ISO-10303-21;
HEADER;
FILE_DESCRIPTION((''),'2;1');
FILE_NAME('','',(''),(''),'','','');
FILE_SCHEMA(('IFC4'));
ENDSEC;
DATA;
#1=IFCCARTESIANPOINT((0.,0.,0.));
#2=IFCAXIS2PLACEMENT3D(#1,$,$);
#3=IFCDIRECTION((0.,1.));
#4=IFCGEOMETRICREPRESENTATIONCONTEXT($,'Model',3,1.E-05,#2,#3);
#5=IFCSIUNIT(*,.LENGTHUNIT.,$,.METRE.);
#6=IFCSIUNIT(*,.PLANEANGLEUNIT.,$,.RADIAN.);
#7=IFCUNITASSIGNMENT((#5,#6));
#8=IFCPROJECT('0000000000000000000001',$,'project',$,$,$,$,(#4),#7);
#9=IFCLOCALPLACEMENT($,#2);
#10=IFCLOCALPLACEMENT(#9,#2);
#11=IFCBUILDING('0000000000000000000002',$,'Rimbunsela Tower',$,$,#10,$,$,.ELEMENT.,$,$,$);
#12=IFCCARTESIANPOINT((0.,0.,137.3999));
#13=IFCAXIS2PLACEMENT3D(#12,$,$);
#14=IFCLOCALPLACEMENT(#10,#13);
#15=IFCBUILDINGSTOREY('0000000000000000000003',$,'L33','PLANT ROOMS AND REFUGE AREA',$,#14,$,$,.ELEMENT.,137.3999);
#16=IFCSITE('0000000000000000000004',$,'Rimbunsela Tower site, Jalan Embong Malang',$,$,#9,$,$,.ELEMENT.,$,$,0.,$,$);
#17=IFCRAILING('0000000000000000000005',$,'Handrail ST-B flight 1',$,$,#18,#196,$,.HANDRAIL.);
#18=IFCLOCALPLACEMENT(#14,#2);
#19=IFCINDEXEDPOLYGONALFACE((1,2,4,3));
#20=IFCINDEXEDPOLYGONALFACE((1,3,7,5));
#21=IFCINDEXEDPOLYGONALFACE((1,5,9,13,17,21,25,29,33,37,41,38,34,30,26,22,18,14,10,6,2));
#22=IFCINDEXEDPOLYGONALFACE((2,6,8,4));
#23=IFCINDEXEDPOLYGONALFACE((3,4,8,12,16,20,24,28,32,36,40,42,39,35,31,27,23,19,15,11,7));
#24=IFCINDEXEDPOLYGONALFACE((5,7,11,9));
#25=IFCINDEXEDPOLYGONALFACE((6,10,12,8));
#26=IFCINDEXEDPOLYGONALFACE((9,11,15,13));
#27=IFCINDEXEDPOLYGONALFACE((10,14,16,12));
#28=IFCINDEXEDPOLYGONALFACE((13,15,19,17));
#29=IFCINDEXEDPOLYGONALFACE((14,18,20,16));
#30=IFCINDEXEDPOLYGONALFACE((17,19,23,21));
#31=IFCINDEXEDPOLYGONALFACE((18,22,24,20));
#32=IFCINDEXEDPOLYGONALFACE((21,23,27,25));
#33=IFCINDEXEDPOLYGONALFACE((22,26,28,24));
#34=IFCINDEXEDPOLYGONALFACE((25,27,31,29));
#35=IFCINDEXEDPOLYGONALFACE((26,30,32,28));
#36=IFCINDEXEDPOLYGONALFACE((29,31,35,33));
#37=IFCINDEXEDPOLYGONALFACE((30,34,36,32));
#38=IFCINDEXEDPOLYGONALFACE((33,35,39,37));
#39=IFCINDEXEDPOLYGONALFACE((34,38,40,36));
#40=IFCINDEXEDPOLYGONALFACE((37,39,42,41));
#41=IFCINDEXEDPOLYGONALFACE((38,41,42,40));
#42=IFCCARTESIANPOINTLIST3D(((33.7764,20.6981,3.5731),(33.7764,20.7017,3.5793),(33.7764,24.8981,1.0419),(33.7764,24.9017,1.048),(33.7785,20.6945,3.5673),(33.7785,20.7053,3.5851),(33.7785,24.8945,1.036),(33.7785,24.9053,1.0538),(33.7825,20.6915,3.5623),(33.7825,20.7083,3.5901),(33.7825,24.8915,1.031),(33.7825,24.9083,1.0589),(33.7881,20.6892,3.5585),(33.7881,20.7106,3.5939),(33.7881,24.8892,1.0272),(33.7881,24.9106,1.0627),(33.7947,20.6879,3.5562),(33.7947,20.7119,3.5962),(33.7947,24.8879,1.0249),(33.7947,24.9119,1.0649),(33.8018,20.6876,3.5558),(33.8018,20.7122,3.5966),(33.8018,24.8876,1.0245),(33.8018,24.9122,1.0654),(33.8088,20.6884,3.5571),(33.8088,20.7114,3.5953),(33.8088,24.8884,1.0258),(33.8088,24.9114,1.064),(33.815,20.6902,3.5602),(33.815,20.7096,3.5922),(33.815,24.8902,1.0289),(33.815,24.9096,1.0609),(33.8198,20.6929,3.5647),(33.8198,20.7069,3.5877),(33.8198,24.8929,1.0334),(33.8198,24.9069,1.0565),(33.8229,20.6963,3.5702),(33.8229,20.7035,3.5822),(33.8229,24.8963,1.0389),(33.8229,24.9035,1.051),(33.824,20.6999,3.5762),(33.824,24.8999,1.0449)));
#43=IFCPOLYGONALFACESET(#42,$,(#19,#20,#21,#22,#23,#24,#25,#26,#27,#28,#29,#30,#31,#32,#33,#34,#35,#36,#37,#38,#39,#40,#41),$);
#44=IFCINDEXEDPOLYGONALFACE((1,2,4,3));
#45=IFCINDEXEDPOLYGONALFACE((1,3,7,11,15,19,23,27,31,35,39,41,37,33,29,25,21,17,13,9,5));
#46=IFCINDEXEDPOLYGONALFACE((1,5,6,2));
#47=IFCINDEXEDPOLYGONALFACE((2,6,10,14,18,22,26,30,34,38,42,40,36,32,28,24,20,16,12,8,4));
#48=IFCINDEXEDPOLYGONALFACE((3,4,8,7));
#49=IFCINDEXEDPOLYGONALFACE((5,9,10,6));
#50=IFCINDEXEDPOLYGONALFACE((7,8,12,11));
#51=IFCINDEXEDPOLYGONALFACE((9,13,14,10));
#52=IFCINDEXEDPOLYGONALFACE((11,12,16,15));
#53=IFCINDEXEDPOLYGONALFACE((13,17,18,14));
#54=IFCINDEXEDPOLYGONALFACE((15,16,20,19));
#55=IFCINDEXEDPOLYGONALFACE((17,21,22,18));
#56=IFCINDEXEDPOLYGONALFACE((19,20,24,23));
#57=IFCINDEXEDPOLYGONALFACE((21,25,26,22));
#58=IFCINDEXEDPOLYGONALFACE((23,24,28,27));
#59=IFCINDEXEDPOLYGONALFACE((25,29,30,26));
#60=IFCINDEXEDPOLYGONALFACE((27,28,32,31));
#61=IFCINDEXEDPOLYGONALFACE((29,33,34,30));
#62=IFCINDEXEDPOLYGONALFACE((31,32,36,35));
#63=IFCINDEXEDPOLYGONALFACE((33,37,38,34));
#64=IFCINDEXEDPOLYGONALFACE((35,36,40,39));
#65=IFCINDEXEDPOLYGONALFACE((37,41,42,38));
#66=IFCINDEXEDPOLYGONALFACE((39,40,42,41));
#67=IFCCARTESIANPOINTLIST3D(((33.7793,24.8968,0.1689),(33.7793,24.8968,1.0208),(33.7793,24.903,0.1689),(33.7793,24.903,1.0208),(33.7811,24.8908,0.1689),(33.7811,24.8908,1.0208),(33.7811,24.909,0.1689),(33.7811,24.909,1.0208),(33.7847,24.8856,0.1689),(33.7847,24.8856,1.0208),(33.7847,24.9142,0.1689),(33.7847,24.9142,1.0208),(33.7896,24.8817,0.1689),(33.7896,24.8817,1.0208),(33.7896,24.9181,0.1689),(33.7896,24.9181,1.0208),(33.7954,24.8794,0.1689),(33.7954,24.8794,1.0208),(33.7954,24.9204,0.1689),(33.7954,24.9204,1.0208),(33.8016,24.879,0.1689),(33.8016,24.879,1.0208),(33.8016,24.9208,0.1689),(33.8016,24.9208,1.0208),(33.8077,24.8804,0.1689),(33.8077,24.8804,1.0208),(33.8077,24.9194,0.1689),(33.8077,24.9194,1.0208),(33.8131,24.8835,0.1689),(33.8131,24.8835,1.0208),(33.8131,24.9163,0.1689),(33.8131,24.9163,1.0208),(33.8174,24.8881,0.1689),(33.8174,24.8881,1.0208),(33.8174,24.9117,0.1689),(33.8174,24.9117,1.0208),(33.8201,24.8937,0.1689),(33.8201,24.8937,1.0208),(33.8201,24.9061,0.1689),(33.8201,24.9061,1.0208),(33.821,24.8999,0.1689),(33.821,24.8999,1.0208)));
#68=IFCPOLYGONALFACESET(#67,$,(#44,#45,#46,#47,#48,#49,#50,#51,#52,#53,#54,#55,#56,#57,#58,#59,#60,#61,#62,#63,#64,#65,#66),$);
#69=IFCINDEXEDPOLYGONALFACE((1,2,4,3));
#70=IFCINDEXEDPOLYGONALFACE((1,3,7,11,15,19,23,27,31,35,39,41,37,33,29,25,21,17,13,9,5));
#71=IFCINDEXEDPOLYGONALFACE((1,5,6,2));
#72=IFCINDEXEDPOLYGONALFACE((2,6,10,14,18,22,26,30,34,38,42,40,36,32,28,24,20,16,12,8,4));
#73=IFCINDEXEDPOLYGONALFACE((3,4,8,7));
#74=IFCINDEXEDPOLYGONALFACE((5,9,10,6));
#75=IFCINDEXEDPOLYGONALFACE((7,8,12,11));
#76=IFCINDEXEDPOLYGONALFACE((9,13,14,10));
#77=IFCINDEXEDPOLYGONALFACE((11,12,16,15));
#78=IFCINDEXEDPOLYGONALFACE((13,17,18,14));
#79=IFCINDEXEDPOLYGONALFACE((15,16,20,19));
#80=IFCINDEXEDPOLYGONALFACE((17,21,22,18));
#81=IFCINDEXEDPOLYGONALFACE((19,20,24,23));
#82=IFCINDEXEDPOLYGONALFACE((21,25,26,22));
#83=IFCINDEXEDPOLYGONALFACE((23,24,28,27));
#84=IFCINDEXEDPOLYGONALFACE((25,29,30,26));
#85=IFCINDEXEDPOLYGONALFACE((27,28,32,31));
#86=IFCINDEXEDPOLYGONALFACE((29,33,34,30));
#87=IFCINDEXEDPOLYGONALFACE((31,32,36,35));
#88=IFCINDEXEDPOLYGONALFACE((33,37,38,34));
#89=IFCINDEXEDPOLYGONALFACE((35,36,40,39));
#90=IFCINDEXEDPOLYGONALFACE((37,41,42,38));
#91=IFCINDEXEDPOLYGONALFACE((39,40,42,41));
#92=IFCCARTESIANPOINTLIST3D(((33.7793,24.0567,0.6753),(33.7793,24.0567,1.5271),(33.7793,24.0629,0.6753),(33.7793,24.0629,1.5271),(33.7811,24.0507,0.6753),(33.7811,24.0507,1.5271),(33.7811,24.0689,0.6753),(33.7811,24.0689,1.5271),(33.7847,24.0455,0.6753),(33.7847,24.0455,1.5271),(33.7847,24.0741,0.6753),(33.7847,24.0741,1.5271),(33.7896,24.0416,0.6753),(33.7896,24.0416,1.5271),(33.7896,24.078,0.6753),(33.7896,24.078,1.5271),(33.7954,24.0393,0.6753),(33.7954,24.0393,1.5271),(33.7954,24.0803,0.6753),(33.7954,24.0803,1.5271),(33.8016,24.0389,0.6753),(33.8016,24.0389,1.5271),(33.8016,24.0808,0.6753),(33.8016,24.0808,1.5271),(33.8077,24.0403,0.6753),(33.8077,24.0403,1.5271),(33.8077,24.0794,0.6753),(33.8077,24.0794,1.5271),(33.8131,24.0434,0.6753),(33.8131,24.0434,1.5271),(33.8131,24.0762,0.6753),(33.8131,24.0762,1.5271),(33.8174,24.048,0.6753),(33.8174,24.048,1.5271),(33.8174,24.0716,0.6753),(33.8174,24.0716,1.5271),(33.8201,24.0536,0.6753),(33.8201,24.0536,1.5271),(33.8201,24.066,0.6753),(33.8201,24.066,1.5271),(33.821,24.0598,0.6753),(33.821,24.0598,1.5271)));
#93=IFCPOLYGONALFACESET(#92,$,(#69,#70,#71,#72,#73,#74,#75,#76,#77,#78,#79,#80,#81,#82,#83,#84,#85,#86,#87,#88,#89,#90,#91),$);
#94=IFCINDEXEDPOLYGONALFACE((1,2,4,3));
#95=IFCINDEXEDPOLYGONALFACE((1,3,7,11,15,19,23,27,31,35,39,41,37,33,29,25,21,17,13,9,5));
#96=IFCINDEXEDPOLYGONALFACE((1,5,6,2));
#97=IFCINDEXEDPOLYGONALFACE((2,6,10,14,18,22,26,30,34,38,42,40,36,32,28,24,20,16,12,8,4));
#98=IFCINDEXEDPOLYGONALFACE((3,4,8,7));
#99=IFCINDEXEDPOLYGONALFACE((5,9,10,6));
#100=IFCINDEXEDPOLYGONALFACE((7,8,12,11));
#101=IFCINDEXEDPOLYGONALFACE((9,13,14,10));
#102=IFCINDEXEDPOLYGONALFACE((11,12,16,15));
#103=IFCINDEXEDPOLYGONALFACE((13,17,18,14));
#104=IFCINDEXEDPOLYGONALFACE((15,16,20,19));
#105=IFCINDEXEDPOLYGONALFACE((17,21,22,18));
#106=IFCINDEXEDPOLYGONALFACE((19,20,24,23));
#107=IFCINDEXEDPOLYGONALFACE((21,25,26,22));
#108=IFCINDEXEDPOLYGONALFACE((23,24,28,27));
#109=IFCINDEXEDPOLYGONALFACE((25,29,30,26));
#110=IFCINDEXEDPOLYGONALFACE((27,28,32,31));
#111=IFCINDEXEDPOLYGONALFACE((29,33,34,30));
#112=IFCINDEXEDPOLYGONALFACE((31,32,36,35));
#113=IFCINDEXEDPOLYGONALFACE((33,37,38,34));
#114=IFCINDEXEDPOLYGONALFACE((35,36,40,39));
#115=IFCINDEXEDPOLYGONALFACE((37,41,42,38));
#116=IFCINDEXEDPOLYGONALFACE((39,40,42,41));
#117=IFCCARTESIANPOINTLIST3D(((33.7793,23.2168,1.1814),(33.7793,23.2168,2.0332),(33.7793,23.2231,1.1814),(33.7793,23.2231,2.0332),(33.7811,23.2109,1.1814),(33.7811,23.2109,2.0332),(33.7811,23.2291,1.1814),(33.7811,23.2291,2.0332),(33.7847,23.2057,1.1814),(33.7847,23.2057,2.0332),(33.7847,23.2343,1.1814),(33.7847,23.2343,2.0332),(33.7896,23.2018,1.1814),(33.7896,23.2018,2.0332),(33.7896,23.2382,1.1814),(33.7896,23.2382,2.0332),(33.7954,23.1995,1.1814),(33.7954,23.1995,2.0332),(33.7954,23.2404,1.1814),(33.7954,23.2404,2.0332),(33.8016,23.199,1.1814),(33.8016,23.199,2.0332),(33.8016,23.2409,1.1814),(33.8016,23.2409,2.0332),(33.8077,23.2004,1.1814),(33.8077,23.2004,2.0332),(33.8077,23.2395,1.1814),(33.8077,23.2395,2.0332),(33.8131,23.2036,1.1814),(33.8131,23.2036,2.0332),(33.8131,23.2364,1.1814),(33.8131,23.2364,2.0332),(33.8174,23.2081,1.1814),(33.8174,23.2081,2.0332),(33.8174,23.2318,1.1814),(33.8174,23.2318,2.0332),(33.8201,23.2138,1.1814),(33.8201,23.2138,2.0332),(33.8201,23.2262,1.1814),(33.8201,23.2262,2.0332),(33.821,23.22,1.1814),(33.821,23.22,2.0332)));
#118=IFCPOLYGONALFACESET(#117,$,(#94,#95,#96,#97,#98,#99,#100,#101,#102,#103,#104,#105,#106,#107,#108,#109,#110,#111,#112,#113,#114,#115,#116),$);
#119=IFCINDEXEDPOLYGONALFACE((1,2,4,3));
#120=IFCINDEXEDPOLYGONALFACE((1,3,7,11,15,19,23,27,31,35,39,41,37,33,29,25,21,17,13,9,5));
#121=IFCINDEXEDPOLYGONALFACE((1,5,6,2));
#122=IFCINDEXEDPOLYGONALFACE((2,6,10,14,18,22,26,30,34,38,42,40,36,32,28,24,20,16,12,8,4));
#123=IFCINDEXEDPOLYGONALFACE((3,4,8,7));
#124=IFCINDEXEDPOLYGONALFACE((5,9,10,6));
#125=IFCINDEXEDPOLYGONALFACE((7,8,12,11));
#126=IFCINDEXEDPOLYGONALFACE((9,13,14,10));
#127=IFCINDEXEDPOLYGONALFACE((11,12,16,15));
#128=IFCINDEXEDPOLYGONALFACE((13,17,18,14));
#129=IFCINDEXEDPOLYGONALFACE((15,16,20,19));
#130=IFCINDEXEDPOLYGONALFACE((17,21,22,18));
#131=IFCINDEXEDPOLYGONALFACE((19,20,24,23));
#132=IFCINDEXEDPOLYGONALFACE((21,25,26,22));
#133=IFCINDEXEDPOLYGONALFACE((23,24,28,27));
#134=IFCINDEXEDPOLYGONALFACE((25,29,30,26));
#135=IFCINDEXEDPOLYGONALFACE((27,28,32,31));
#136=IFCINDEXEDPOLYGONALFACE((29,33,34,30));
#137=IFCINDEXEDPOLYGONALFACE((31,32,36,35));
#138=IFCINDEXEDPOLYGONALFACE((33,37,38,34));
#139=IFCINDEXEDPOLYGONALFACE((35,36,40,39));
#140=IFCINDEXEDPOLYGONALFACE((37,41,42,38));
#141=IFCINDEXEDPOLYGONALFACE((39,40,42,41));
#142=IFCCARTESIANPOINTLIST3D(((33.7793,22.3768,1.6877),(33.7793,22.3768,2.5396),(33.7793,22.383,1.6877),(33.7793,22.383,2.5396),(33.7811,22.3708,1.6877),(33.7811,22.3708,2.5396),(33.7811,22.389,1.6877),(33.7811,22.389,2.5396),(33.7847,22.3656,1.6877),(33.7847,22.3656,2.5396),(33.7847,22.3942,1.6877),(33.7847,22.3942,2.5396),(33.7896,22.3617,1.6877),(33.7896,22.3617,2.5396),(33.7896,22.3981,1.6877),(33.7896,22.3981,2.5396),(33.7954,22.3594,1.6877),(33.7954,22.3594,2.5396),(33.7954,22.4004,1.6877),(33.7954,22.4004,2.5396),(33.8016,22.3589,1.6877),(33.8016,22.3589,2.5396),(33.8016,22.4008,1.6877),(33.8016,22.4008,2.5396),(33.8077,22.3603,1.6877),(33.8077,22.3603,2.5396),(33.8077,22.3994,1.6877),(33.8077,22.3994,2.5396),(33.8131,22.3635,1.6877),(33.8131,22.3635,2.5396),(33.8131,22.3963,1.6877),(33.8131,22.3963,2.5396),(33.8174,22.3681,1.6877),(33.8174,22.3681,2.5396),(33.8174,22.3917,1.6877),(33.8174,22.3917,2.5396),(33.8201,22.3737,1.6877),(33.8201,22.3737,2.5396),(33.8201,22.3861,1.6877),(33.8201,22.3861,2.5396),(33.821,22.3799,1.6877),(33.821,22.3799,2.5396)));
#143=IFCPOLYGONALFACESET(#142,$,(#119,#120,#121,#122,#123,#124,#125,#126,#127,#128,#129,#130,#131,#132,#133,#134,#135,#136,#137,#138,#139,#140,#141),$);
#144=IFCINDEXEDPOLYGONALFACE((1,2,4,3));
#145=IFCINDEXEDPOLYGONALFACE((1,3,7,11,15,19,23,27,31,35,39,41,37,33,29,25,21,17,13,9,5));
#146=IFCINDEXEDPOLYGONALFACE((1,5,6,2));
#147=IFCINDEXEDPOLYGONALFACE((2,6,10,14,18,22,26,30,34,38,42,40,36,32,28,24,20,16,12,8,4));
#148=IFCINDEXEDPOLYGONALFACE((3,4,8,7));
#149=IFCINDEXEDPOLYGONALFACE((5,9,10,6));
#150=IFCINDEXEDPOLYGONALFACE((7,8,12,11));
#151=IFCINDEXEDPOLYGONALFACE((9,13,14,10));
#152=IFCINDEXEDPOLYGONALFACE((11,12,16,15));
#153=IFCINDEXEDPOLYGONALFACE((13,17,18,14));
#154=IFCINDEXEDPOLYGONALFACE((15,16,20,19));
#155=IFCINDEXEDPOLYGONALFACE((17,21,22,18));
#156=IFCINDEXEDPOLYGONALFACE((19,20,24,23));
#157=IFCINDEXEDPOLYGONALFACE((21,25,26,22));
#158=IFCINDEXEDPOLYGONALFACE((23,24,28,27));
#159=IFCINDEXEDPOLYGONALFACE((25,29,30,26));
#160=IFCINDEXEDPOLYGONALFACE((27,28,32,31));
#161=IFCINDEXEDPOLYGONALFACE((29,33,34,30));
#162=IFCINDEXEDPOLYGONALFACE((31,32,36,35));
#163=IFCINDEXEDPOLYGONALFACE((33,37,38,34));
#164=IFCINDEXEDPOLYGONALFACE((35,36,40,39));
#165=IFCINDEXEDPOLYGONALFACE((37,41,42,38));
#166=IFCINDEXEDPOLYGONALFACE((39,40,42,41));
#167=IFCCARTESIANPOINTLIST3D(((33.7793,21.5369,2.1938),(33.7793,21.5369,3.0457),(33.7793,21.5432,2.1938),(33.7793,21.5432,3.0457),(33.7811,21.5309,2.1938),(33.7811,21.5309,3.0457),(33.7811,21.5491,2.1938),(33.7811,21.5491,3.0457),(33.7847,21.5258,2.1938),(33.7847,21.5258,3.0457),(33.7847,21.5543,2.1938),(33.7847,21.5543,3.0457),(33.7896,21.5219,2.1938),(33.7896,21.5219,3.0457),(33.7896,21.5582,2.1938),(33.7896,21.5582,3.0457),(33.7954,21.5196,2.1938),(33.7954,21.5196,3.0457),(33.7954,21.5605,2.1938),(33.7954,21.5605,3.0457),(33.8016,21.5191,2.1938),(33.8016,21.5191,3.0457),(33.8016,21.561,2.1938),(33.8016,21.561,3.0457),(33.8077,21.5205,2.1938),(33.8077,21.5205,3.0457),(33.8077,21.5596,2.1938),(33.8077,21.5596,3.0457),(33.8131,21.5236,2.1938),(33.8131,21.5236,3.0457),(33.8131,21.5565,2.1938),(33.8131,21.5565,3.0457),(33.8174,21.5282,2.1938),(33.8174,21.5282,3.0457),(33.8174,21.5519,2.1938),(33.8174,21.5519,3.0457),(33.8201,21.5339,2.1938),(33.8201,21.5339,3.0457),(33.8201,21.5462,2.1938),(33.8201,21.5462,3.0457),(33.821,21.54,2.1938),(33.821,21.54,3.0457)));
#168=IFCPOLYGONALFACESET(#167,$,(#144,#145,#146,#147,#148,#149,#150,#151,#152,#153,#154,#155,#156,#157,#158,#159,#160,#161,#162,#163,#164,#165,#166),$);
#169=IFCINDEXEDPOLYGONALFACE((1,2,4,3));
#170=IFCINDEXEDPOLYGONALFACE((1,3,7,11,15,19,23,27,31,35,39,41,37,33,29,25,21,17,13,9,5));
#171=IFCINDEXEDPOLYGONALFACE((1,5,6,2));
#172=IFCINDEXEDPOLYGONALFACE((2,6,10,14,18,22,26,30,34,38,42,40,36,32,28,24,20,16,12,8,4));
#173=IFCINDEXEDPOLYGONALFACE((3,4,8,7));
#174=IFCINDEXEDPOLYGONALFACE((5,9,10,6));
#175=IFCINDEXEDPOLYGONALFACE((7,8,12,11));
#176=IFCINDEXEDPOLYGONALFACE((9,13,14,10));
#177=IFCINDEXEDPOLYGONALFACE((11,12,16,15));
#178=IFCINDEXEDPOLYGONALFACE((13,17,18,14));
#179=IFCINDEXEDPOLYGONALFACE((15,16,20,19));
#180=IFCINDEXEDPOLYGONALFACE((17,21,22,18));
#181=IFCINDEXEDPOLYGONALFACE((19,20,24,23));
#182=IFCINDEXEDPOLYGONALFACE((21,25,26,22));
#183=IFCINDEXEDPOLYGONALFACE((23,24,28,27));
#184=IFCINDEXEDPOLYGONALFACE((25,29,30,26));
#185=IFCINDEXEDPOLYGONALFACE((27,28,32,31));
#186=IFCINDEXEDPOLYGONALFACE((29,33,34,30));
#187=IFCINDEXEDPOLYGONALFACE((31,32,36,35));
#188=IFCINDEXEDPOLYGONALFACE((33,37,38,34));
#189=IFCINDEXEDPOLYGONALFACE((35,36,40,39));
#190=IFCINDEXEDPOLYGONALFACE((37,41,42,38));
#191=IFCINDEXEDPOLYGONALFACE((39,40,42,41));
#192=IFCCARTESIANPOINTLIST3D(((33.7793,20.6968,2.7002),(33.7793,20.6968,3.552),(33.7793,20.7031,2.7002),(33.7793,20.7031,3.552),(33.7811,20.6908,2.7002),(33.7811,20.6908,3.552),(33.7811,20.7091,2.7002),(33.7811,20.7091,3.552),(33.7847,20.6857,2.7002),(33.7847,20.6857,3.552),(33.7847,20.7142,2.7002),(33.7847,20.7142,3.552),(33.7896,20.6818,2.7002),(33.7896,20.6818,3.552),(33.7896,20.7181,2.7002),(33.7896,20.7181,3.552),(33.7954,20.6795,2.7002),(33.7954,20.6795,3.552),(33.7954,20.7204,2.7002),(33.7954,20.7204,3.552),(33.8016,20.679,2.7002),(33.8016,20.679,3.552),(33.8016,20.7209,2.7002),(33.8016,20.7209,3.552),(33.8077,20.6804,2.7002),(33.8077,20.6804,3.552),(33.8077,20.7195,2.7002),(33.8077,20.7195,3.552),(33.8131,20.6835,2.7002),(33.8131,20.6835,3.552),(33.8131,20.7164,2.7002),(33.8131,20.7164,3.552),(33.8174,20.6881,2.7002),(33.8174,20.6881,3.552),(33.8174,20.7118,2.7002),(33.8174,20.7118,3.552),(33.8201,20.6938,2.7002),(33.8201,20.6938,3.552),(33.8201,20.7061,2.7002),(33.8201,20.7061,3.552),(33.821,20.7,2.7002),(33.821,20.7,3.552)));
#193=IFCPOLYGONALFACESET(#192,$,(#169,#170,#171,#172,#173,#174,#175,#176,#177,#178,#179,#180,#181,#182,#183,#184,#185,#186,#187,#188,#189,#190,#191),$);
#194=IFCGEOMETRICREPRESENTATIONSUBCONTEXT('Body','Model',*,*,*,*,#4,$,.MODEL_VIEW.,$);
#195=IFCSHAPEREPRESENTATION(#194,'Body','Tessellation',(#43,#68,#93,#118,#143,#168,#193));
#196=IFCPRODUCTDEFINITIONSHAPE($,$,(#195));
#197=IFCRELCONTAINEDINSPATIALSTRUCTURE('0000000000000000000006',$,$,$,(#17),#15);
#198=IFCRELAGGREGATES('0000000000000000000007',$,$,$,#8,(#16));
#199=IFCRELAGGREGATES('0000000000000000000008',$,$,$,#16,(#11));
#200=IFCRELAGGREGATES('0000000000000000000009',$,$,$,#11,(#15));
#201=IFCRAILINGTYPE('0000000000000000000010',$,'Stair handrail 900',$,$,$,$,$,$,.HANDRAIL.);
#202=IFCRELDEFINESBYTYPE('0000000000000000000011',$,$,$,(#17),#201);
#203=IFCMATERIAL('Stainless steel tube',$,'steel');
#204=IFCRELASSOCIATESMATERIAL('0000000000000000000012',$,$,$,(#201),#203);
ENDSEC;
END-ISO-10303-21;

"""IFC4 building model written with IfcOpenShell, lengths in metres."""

from ifc_helpers import new_model, si_unit, direction, frame, origin, origin_2d, place, context, subcontext, project, spatial, circle, extrude, material, type_object, element, save


model = new_model("IFC4")

# Units and contexts
model_context = context("Model", 3, precision=1e-05, world=origin(), true_north=direction((0.0, 1.0)))
body_context = subcontext(model_context, "Body", "Model", "MODEL_VIEW")
ifc_project = project(units=[si_unit("LENGTHUNIT", "METRE"), si_unit("PLANEANGLEUNIT", "RADIAN")], contexts=[model_context])

# Site, building, storey
site_placement = place(None, origin())
site = spatial("IfcSite", under=ifc_project, at=site_placement, Name="Rimbunsela Tower site, Jalan Embong Malang", CompositionType="ELEMENT", RefElevation=0.0)
building_placement = place(site_placement, origin())
building = spatial("IfcBuilding", under=site, at=building_placement, Name="Rimbunsela Tower", CompositionType="ELEMENT")
storey_placement = place(building_placement, frame((0.0, 0.0, 137.3999)))
storey = spatial("IfcBuildingStorey", under=building, at=storey_placement, Name="L33", Description="PLANT ROOMS AND REFUGE AREA", CompositionType="ELEMENT", Elevation=137.3999)

# Railing
ifc_material_1 = material(Name="Stainless steel tube", Category="steel")
railing_type = type_object("IfcRailingType", Name="Stair handrail 900", PredefinedType="HANDRAIL", material=ifc_material_1)
railing_placement = place(storey_placement, frame((33.8, 24.8999, 0.1689)))
element("IfcRailing", 1, at=railing_placement, inside=storey, type_object=railing_type, Name="Handrail ST-B flight 1", PredefinedType="HANDRAIL", context=body_context, shape_type="SweptSolid", body=[
    extrude(circle(Radius=0.0239, at=origin_2d()), frame((0.0, 0.0, 0.876), z_axis=(0.0, -0.856476, 0.516186), x_axis=(1.0, 0.0, 0.0)), (0.0, 0.0, 1.0), 4.9038),
    extrude(circle(Radius=0.021, at=origin_2d()), origin(), (0.0, 0.0, 1.0), 0.8518),
    extrude(circle(Radius=0.021, at=origin_2d()), frame((0.0, -0.8401, 0.5063)), (0.0, 0.0, 1.0), 0.8518),
    extrude(circle(Radius=0.021, at=origin_2d()), frame((0.0, -1.6799, 1.0125)), (0.0, 0.0, 1.0), 0.8518),
    extrude(circle(Radius=0.021, at=origin_2d()), frame((0.0, -2.52, 1.5188)), (0.0, 0.0, 1.0), 0.8518),
    extrude(circle(Radius=0.021, at=origin_2d()), frame((0.0, -3.3599, 2.0249)), (0.0, 0.0, 1.0), 0.8518),
    extrude(circle(Radius=0.021, at=origin_2d()), frame((0.0, -4.2, 2.5312)), (0.0, 0.0, 1.0), 0.8518),
])

save(model, "model.ifc")
